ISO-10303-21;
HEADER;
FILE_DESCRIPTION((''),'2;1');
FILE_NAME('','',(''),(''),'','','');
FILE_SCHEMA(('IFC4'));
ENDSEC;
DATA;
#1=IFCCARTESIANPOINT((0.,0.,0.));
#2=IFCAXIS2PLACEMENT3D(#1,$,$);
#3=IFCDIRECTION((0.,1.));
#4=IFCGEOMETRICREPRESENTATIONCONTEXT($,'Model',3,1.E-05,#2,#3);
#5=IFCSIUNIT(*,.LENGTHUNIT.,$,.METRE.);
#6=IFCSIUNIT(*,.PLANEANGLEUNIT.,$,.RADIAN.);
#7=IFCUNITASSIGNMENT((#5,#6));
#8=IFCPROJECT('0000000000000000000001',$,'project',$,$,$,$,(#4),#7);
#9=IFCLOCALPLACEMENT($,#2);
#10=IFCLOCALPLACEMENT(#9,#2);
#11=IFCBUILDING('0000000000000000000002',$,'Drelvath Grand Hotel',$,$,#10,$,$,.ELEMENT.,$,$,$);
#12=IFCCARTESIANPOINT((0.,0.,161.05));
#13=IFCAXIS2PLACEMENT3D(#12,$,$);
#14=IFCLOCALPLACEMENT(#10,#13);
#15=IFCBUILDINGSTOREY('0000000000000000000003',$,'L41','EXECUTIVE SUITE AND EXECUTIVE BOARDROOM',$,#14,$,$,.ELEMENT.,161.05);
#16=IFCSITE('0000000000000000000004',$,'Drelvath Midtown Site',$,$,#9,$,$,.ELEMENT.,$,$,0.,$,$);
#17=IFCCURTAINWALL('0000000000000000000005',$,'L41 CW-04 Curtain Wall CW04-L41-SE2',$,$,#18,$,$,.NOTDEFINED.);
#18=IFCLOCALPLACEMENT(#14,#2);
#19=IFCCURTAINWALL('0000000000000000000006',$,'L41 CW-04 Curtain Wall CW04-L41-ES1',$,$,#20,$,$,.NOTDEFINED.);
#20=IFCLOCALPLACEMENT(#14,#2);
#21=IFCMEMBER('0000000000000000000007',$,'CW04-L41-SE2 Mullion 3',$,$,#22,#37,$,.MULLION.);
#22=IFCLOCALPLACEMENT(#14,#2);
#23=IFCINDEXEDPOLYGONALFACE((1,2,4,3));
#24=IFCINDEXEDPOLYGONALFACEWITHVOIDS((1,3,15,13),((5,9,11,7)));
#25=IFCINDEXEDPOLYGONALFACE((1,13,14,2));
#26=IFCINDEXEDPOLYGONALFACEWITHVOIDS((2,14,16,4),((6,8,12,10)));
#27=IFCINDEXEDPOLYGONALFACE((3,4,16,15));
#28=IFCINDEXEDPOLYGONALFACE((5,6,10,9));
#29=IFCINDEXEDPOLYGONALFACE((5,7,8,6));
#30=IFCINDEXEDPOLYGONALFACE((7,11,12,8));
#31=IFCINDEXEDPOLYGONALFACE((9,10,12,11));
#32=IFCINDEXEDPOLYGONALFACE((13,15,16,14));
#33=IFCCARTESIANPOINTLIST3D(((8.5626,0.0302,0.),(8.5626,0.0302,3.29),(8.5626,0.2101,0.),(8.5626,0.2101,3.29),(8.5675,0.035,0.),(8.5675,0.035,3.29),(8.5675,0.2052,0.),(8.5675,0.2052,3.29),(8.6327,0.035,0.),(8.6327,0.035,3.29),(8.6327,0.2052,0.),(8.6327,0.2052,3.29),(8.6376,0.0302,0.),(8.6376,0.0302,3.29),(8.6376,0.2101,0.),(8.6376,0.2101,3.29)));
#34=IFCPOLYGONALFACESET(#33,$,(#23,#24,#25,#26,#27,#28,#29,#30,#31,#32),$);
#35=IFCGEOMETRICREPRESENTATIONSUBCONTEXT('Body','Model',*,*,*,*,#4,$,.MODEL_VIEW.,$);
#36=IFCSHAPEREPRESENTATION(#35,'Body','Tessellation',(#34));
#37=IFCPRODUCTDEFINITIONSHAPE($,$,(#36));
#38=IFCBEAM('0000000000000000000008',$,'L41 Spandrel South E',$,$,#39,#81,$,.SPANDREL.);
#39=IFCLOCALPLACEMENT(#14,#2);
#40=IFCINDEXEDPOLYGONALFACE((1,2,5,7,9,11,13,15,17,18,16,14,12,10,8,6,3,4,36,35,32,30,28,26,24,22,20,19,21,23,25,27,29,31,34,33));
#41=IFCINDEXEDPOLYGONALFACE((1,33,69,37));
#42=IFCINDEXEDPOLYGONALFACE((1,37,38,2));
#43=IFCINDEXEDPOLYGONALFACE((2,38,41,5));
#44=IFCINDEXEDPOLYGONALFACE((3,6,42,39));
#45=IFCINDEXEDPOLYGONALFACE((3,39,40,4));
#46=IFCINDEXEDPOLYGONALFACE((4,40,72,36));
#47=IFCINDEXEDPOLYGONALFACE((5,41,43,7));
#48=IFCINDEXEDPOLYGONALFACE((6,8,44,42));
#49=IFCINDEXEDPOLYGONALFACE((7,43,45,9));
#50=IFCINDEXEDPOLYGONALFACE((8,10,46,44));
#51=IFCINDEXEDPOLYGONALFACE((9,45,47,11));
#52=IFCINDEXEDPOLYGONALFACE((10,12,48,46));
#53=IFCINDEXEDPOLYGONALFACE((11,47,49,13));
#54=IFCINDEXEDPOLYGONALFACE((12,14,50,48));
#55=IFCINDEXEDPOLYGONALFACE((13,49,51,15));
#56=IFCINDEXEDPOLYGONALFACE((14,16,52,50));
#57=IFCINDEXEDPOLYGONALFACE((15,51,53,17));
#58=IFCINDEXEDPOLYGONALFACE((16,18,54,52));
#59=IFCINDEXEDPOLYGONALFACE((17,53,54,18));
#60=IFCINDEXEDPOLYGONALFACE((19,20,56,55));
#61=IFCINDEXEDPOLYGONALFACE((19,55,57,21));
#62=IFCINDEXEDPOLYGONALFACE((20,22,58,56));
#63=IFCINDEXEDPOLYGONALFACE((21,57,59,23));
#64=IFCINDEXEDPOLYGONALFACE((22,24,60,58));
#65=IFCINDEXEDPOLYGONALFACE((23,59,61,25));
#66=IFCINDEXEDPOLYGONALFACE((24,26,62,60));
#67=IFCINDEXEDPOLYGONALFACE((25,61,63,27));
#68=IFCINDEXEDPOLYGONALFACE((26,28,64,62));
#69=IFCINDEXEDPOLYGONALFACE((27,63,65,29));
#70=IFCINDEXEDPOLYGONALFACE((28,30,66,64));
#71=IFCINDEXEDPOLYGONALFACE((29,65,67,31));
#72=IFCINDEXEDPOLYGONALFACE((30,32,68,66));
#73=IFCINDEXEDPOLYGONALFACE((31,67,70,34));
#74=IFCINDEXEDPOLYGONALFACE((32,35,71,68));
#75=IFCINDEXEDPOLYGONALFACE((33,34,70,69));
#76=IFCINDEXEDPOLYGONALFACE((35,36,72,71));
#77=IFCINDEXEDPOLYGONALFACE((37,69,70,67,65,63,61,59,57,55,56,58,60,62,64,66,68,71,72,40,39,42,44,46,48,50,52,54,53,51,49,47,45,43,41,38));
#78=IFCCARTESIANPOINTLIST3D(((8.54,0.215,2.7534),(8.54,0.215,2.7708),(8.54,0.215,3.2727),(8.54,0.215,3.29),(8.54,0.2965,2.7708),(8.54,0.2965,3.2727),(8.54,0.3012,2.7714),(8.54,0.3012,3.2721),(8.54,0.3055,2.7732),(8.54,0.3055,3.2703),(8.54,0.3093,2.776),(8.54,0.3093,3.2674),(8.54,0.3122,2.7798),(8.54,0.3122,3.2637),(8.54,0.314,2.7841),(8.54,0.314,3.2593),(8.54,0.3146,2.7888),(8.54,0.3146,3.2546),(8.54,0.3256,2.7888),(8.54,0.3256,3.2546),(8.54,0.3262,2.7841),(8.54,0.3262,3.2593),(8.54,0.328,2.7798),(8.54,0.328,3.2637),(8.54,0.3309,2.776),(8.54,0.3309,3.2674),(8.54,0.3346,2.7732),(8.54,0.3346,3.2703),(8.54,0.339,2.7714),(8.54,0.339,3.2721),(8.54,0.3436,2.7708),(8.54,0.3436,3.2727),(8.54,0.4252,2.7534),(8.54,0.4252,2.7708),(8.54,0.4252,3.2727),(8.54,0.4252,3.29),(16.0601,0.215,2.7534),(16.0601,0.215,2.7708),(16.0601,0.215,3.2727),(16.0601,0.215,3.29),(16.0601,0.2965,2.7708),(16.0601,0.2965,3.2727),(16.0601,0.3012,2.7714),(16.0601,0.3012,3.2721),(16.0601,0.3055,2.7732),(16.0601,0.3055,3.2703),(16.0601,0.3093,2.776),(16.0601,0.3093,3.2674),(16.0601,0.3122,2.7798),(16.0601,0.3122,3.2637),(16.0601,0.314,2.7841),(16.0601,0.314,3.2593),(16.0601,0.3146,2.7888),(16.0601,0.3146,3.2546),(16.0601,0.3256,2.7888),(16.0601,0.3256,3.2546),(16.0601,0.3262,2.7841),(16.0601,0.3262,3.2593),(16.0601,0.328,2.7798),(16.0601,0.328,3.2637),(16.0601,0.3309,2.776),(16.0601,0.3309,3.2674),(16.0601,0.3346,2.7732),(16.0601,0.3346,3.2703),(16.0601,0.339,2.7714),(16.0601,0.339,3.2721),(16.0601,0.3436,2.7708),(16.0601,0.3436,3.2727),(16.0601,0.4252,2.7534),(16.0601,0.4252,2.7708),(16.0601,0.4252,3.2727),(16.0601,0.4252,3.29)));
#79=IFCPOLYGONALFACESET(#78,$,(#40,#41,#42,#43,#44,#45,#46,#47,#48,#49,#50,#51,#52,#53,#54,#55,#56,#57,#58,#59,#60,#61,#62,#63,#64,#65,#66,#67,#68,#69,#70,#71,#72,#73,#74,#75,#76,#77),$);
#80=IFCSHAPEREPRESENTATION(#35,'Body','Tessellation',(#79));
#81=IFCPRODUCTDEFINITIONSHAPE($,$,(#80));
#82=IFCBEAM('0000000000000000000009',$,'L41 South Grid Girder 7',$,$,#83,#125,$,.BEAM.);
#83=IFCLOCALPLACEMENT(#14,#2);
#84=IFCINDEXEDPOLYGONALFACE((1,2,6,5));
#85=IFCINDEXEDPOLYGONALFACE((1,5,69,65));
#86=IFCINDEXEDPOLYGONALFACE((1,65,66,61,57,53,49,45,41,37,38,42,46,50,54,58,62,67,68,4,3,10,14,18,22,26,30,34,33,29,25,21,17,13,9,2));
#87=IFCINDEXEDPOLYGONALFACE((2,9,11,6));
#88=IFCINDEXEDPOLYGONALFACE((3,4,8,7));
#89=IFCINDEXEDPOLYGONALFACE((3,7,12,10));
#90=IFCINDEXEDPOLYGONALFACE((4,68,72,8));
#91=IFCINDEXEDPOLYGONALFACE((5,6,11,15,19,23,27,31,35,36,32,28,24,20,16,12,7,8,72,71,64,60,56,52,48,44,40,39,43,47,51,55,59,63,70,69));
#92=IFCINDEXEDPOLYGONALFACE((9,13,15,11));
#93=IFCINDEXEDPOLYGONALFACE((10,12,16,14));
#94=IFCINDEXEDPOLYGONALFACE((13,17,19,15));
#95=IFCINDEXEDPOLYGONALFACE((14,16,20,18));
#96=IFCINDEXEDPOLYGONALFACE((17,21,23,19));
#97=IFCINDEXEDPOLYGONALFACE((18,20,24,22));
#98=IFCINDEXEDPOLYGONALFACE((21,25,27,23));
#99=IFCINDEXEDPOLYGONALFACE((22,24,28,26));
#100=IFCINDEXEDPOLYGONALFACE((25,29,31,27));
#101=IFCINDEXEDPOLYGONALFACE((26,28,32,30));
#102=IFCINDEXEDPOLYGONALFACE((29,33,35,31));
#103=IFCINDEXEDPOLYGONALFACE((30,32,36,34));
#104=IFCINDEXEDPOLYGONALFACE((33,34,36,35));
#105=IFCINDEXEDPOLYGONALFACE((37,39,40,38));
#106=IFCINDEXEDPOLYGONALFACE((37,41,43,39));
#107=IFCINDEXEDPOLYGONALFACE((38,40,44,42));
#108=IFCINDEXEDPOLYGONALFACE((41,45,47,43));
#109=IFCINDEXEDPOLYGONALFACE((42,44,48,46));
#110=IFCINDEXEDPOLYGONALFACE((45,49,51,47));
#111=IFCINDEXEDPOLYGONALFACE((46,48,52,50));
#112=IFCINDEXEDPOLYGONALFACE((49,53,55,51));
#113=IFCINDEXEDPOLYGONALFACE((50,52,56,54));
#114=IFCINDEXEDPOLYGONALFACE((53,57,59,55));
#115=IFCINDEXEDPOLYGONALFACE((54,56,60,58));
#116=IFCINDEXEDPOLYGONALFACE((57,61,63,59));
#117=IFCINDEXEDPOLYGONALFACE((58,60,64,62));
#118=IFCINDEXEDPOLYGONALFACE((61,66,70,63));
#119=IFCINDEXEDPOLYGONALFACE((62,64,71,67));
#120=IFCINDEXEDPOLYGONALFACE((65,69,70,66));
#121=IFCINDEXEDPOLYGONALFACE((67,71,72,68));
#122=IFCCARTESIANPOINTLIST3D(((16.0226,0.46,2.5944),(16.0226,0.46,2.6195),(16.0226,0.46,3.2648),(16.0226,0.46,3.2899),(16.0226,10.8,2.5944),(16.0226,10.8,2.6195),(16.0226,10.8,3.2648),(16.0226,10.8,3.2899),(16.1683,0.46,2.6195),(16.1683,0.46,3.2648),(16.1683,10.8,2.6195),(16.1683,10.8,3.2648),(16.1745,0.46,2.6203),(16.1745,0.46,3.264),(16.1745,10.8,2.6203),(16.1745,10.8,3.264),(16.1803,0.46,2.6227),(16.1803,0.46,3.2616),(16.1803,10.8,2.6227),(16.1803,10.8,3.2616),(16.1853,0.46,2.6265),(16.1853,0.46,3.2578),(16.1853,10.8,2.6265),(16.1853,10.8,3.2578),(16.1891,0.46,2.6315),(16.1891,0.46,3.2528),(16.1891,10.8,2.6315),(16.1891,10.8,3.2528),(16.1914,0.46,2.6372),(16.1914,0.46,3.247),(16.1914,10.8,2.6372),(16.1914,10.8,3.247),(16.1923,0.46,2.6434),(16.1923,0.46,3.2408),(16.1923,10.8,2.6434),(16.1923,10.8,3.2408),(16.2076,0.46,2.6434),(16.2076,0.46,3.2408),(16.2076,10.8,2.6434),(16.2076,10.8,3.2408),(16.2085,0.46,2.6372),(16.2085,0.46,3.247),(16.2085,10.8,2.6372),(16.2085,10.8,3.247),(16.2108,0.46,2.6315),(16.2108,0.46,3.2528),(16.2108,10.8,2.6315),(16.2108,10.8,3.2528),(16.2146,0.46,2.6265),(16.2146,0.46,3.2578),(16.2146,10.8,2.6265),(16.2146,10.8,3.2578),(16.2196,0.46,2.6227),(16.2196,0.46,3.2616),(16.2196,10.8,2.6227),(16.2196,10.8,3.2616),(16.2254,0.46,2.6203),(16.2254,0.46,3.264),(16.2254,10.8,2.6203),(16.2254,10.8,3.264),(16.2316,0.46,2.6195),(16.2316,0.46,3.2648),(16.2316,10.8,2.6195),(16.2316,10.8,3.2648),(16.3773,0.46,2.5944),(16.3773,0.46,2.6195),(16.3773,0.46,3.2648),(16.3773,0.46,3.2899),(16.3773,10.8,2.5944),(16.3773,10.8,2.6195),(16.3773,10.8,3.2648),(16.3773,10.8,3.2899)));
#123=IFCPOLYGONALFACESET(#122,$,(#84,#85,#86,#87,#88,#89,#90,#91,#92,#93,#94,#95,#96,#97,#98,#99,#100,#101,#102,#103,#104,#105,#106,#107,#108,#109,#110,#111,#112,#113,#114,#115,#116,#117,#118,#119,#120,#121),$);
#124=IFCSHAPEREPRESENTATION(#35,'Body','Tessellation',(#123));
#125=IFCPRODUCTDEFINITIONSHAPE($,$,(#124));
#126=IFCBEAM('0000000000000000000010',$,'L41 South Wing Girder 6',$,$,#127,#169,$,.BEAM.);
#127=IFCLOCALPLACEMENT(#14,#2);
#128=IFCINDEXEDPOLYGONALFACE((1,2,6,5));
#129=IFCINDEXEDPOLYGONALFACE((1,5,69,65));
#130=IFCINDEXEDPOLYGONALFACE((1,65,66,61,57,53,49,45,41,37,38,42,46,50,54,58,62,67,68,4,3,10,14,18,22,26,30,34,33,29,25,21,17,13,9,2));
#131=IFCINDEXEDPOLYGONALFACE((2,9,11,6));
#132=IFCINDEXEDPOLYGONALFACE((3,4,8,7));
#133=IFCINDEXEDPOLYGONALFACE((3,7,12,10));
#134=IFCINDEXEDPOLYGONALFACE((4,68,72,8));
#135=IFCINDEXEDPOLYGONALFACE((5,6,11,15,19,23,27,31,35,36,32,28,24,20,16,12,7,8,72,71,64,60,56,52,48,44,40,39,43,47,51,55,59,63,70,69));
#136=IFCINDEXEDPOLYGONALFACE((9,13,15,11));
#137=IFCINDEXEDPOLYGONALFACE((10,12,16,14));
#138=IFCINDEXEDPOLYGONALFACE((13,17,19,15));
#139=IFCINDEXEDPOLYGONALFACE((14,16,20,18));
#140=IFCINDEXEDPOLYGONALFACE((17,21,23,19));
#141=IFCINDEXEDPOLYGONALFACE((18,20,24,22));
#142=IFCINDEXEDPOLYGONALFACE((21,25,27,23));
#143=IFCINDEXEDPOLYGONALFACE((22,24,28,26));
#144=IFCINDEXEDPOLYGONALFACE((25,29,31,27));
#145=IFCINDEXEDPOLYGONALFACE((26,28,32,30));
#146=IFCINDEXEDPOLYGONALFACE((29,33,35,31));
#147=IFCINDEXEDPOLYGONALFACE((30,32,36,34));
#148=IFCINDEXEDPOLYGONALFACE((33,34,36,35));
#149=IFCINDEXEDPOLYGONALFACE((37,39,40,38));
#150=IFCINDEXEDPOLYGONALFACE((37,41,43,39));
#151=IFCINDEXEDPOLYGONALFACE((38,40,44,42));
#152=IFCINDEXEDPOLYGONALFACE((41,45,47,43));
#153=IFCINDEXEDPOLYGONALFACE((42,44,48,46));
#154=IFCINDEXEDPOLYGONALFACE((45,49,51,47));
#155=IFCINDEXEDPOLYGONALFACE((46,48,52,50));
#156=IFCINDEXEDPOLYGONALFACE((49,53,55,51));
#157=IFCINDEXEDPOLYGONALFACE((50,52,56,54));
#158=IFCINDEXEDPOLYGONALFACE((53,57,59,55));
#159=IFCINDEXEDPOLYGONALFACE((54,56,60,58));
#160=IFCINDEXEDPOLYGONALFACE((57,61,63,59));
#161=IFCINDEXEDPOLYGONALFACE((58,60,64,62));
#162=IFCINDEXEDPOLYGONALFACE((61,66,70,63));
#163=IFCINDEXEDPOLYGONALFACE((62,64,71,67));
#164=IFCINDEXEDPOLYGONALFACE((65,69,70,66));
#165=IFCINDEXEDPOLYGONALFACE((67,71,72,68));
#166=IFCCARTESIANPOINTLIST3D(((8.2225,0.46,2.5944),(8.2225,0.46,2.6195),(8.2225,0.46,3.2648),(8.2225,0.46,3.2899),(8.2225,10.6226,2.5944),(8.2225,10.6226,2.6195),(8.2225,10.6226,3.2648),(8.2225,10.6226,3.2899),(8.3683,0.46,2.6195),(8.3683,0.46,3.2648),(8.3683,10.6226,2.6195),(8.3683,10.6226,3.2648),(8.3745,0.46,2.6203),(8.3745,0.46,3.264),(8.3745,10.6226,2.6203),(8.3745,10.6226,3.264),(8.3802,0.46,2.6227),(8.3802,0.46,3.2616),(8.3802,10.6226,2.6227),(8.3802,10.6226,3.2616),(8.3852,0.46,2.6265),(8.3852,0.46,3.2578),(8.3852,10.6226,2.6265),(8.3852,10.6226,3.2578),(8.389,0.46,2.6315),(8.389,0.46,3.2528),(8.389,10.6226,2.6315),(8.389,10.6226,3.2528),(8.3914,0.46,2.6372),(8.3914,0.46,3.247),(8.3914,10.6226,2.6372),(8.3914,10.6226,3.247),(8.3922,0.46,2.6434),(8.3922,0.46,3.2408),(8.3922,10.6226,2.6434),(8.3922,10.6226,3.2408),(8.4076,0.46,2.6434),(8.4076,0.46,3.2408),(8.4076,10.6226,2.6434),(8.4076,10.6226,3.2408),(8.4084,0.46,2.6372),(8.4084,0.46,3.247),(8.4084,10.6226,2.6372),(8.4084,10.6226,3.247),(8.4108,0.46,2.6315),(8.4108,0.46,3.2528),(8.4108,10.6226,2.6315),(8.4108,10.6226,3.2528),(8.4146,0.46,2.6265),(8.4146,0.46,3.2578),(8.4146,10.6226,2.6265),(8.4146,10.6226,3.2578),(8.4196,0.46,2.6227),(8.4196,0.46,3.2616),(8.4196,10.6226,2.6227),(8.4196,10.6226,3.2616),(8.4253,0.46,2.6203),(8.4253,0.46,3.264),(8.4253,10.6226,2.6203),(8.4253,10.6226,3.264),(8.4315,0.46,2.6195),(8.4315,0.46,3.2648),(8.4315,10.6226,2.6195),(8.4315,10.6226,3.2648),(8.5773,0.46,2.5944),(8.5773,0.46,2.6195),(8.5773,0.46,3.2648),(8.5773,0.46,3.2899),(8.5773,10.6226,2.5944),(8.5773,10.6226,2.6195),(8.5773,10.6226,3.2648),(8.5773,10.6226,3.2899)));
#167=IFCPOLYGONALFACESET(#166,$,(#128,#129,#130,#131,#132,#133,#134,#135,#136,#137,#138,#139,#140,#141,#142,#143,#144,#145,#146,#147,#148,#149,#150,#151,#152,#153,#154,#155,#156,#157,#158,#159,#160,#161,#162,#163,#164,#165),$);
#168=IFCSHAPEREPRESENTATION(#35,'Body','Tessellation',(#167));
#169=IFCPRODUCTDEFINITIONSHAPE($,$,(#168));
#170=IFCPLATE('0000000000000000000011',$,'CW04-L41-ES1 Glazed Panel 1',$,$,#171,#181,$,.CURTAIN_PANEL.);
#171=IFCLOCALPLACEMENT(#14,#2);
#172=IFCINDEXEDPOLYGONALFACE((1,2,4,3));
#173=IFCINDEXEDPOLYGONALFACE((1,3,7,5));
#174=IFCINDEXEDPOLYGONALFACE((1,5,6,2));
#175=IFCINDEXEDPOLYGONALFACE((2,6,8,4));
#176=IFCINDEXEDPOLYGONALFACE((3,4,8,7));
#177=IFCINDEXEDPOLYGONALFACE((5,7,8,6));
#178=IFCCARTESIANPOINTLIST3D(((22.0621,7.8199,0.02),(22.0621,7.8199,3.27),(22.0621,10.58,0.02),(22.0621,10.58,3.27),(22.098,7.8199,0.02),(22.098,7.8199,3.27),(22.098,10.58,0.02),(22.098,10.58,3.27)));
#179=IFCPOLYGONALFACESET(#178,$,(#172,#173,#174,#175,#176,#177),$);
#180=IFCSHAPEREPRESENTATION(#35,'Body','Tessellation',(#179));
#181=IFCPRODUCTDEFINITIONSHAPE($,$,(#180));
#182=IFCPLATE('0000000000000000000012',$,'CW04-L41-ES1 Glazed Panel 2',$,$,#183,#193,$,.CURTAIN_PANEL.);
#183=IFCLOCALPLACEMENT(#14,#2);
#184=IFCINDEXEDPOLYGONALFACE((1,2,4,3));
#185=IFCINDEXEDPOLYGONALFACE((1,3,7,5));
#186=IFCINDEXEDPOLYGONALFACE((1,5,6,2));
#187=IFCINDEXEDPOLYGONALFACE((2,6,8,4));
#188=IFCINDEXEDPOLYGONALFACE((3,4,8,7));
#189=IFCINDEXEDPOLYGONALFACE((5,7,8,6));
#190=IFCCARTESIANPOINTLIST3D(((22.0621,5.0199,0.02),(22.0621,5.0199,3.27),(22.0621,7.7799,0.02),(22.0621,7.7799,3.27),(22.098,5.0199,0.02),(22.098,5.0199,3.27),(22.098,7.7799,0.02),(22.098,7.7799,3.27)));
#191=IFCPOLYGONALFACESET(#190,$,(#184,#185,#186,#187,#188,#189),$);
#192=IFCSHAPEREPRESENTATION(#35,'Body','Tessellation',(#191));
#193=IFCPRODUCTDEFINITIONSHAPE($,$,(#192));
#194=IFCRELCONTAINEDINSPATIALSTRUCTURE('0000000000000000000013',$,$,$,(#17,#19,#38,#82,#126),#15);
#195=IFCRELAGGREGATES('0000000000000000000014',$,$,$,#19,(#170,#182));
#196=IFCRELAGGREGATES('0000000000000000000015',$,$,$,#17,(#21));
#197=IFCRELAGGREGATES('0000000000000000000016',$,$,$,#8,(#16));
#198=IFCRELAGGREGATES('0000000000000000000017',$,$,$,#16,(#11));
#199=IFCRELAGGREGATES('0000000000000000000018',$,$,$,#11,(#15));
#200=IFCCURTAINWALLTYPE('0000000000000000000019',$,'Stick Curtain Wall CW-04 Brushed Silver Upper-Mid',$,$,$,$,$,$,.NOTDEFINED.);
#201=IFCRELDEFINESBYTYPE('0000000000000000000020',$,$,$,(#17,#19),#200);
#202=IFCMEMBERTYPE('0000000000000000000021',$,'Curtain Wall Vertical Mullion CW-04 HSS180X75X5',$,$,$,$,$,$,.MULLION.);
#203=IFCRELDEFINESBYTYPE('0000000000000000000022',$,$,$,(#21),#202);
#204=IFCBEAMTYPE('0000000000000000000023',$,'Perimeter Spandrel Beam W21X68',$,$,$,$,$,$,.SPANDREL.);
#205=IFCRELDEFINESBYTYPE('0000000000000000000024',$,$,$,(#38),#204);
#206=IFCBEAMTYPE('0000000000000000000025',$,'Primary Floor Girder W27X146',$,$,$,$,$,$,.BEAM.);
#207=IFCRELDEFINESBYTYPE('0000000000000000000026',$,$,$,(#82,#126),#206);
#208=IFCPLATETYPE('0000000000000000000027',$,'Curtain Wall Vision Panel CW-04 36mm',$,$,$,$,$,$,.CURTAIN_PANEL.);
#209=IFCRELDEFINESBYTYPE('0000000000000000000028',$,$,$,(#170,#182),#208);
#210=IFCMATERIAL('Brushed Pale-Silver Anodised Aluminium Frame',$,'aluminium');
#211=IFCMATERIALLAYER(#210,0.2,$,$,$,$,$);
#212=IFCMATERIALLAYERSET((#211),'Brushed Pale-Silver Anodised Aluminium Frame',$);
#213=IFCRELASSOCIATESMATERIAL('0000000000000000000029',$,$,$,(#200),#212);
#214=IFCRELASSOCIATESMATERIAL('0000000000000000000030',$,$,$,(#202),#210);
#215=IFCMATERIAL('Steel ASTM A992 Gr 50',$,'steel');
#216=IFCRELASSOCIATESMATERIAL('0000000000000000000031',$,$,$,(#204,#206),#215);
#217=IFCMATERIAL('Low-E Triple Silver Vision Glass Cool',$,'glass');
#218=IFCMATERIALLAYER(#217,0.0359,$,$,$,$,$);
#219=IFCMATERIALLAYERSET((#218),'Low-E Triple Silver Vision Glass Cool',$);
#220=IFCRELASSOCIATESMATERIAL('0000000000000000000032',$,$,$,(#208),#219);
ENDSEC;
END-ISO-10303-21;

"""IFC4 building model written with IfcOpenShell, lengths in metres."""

from ifc_helpers import new_model, si_unit, direction, frame, origin, origin_2d, place, context, subcontext, project, spatial, rectangle, hollow_rectangle, i_section, extrude, material, layer, layer_set, material_profile, profile_set, type_object, element, aggregate, save


model = new_model("IFC4")

# Units and contexts
model_context = context("Model", 3, precision=1e-05, world=origin(), true_north=direction((0.0, 1.0)))
body_context = subcontext(model_context, "Body", "Model", "MODEL_VIEW")
ifc_project = project(units=[si_unit("LENGTHUNIT", "METRE"), si_unit("PLANEANGLEUNIT", "RADIAN")], contexts=[model_context])

# Site, building, storey
site_placement = place(None, origin())
site = spatial("IfcSite", under=ifc_project, at=site_placement, Name="Drelvath Midtown Site", CompositionType="ELEMENT", RefElevation=0.0)
building_placement = place(site_placement, origin())
building = spatial("IfcBuilding", under=site, at=building_placement, Name="Drelvath Grand Hotel", CompositionType="ELEMENT")
storey_placement = place(building_placement, frame((0.0, 0.0, 161.05)))
storey = spatial("IfcBuildingStorey", under=building, at=storey_placement, Name="L41", Description="EXECUTIVE SUITE AND EXECUTIVE BOARDROOM", CompositionType="ELEMENT", Elevation=161.05)

# Curtain wall
ifc_material_1 = material(Name="Brushed Pale-Silver Anodised Aluminium Frame", Category="aluminium")
ifc_layer_1 = layer(ifc_material_1, 0.2)
ifc_layer_set_1 = layer_set([ifc_layer_1], Name="Brushed Pale-Silver Anodised Aluminium Frame")
curtain_wall_type = type_object("IfcCurtainWallType", Name="Stick Curtain Wall CW-04 Brushed Silver Upper-Mid", PredefinedType="NOTDEFINED", material=ifc_layer_set_1)
curtain_wall_1_placement = place(storey_placement, origin())
curtain_wall_1 = element("IfcCurtainWall", 1, at=curtain_wall_1_placement, inside=storey, type_object=curtain_wall_type, Name="L41 CW-04 Curtain Wall CW04-L41-SE2", PredefinedType="NOTDEFINED")

# Curtain wall
curtain_wall_2_placement = place(storey_placement, origin())
curtain_wall_2 = element("IfcCurtainWall", 2, at=curtain_wall_2_placement, inside=storey, type_object=curtain_wall_type, Name="L41 CW-04 Curtain Wall CW04-L41-ES1", PredefinedType="NOTDEFINED")
ifc_material_profile_1 = material_profile(ifc_material_1, hollow_rectangle(XDim=0.075, YDim=0.1799, WallThickness=0.0049, at=origin_2d()), Name="HSS180X75X5")
ifc_profile_set_1 = profile_set([ifc_material_profile_1], Name="Brushed Pale-Silver Anodised Aluminium Frame")
member_type_1 = type_object("IfcMemberType", Name="Curtain Wall Vertical Mullion CW-04 HSS180X75X5", PredefinedType="MULLION", material=ifc_profile_set_1)

# Member
member_1_placement = place(storey_placement, frame((8.6001, 0.1201, 0.0), z_axis=(0.0, 0.0, 1.0), x_axis=(1.0, 0.0, 0.0)))
member_1 = element("IfcMember", 3, at=member_1_placement, type_object=member_type_1, Name="CW04-L41-SE2 Mullion 3", PredefinedType="MULLION", context=body_context, shape_type="SweptSolid", body=[
    extrude(hollow_rectangle(XDim=0.075, YDim=0.1799, WallThickness=0.0049, at=origin_2d()), origin(), (0.0, 0.0, 1.0), 3.29),
])

# Beams
ifc_material_2 = material(Name="Steel ASTM A992 Gr 50", Category="steel")
ifc_material_profile_2 = material_profile(ifc_material_2, i_section(OverallWidth=0.2102, OverallDepth=0.5366, WebThickness=0.011, FlangeThickness=0.0173, FilletRadius=0.0181, at=origin_2d()), Name="W21X68")
ifc_profile_set_2 = profile_set([ifc_material_profile_2], Name="Steel ASTM A992 Gr 50")
beam_type_1 = type_object("IfcBeamType", Name="Perimeter Spandrel Beam W21X68", PredefinedType="SPANDREL", material=ifc_profile_set_2)
beam_1_placement = place(storey_placement, frame((8.54, 0.3201, 3.0217), z_axis=(1.0, 0.0, 0.0), x_axis=(0.0, 1.0, 0.0)))
element("IfcBeam", 4, at=beam_1_placement, inside=storey, type_object=beam_type_1, Name="L41 Spandrel South E", PredefinedType="SPANDREL", context=body_context, shape_type="SweptSolid", body=[
    extrude(i_section(OverallWidth=0.2102, OverallDepth=0.5366, WebThickness=0.011, FlangeThickness=0.0173, FilletRadius=0.0181, at=origin_2d()), origin(), (0.0, 0.0, 1.0), 7.52),
])
ifc_material_profile_3 = material_profile(ifc_material_2, i_section(OverallWidth=0.3547, OverallDepth=0.6956, WebThickness=0.0154, FlangeThickness=0.0251, FilletRadius=0.0239, at=origin_2d()), Name="W27X146")
ifc_profile_set_3 = profile_set([ifc_material_profile_3], Name="Steel ASTM A992 Gr 50")
beam_type_2 = type_object("IfcBeamType", Name="Primary Floor Girder W27X146", PredefinedType="BEAM", material=ifc_profile_set_3)
beam_2_placement = place(storey_placement, frame((16.2, 0.46, 2.9421), z_axis=(0.0, 1.0, 0.0), x_axis=(-1.0, 0.0, 0.0)))
element("IfcBeam", 5, at=beam_2_placement, inside=storey, type_object=beam_type_2, Name="L41 South Grid Girder 7", PredefinedType="BEAM", context=body_context, shape_type="SweptSolid", body=[
    extrude(i_section(OverallWidth=0.3547, OverallDepth=0.6956, WebThickness=0.0154, FlangeThickness=0.0251, FilletRadius=0.0239, at=origin_2d()), origin(), (0.0, 0.0, 1.0), 10.3401),
])
beam_3_placement = place(storey_placement, frame((8.3999, 0.46, 2.9421), z_axis=(0.0, 1.0, 0.0), x_axis=(-1.0, 0.0, 0.0)))
element("IfcBeam", 6, at=beam_3_placement, inside=storey, type_object=beam_type_2, Name="L41 South Wing Girder 6", PredefinedType="BEAM", context=body_context, shape_type="SweptSolid", body=[
    extrude(i_section(OverallWidth=0.3547, OverallDepth=0.6956, WebThickness=0.0154, FlangeThickness=0.0251, FilletRadius=0.0239, at=origin_2d()), origin(), (0.0, 0.0, 1.0), 10.1626),
])

# Plates
ifc_material_3 = material(Name="Low-E Triple Silver Vision Glass Cool", Category="glass")
ifc_layer_2 = layer(ifc_material_3, 0.0359)
ifc_layer_set_2 = layer_set([ifc_layer_2], Name="Low-E Triple Silver Vision Glass Cool")
plate_type = type_object("IfcPlateType", Name="Curtain Wall Vision Panel CW-04 36mm", PredefinedType="CURTAIN_PANEL", material=ifc_layer_set_2)
plate_1_placement = place(storey_placement, frame((22.0801, 9.2, 0.02), z_axis=(0.0, 0.0, 1.0), x_axis=(0.0, -1.0, 0.0)))
plate_1 = element("IfcPlate", 7, at=plate_1_placement, type_object=plate_type, Name="CW04-L41-ES1 Glazed Panel 1", PredefinedType="CURTAIN_PANEL", context=body_context, shape_type="SweptSolid", body=[
    extrude(rectangle(XDim=2.76, YDim=0.0359, at=origin_2d()), origin(), (0.0, 0.0, 1.0), 3.25),
])
plate_2_placement = place(storey_placement, frame((22.0801, 6.3999, 0.02), z_axis=(0.0, 0.0, 1.0), x_axis=(0.0, -1.0, 0.0)))
plate_2 = element("IfcPlate", 8, at=plate_2_placement, type_object=plate_type, Name="CW04-L41-ES1 Glazed Panel 2", PredefinedType="CURTAIN_PANEL", context=body_context, shape_type="SweptSolid", body=[
    extrude(rectangle(XDim=2.76, YDim=0.0359, at=origin_2d()), origin(), (0.0, 0.0, 1.0), 3.25),
])
aggregate(curtain_wall_2, [plate_1, plate_2])
aggregate(curtain_wall_1, [member_1])

save(model, "model.ifc")
